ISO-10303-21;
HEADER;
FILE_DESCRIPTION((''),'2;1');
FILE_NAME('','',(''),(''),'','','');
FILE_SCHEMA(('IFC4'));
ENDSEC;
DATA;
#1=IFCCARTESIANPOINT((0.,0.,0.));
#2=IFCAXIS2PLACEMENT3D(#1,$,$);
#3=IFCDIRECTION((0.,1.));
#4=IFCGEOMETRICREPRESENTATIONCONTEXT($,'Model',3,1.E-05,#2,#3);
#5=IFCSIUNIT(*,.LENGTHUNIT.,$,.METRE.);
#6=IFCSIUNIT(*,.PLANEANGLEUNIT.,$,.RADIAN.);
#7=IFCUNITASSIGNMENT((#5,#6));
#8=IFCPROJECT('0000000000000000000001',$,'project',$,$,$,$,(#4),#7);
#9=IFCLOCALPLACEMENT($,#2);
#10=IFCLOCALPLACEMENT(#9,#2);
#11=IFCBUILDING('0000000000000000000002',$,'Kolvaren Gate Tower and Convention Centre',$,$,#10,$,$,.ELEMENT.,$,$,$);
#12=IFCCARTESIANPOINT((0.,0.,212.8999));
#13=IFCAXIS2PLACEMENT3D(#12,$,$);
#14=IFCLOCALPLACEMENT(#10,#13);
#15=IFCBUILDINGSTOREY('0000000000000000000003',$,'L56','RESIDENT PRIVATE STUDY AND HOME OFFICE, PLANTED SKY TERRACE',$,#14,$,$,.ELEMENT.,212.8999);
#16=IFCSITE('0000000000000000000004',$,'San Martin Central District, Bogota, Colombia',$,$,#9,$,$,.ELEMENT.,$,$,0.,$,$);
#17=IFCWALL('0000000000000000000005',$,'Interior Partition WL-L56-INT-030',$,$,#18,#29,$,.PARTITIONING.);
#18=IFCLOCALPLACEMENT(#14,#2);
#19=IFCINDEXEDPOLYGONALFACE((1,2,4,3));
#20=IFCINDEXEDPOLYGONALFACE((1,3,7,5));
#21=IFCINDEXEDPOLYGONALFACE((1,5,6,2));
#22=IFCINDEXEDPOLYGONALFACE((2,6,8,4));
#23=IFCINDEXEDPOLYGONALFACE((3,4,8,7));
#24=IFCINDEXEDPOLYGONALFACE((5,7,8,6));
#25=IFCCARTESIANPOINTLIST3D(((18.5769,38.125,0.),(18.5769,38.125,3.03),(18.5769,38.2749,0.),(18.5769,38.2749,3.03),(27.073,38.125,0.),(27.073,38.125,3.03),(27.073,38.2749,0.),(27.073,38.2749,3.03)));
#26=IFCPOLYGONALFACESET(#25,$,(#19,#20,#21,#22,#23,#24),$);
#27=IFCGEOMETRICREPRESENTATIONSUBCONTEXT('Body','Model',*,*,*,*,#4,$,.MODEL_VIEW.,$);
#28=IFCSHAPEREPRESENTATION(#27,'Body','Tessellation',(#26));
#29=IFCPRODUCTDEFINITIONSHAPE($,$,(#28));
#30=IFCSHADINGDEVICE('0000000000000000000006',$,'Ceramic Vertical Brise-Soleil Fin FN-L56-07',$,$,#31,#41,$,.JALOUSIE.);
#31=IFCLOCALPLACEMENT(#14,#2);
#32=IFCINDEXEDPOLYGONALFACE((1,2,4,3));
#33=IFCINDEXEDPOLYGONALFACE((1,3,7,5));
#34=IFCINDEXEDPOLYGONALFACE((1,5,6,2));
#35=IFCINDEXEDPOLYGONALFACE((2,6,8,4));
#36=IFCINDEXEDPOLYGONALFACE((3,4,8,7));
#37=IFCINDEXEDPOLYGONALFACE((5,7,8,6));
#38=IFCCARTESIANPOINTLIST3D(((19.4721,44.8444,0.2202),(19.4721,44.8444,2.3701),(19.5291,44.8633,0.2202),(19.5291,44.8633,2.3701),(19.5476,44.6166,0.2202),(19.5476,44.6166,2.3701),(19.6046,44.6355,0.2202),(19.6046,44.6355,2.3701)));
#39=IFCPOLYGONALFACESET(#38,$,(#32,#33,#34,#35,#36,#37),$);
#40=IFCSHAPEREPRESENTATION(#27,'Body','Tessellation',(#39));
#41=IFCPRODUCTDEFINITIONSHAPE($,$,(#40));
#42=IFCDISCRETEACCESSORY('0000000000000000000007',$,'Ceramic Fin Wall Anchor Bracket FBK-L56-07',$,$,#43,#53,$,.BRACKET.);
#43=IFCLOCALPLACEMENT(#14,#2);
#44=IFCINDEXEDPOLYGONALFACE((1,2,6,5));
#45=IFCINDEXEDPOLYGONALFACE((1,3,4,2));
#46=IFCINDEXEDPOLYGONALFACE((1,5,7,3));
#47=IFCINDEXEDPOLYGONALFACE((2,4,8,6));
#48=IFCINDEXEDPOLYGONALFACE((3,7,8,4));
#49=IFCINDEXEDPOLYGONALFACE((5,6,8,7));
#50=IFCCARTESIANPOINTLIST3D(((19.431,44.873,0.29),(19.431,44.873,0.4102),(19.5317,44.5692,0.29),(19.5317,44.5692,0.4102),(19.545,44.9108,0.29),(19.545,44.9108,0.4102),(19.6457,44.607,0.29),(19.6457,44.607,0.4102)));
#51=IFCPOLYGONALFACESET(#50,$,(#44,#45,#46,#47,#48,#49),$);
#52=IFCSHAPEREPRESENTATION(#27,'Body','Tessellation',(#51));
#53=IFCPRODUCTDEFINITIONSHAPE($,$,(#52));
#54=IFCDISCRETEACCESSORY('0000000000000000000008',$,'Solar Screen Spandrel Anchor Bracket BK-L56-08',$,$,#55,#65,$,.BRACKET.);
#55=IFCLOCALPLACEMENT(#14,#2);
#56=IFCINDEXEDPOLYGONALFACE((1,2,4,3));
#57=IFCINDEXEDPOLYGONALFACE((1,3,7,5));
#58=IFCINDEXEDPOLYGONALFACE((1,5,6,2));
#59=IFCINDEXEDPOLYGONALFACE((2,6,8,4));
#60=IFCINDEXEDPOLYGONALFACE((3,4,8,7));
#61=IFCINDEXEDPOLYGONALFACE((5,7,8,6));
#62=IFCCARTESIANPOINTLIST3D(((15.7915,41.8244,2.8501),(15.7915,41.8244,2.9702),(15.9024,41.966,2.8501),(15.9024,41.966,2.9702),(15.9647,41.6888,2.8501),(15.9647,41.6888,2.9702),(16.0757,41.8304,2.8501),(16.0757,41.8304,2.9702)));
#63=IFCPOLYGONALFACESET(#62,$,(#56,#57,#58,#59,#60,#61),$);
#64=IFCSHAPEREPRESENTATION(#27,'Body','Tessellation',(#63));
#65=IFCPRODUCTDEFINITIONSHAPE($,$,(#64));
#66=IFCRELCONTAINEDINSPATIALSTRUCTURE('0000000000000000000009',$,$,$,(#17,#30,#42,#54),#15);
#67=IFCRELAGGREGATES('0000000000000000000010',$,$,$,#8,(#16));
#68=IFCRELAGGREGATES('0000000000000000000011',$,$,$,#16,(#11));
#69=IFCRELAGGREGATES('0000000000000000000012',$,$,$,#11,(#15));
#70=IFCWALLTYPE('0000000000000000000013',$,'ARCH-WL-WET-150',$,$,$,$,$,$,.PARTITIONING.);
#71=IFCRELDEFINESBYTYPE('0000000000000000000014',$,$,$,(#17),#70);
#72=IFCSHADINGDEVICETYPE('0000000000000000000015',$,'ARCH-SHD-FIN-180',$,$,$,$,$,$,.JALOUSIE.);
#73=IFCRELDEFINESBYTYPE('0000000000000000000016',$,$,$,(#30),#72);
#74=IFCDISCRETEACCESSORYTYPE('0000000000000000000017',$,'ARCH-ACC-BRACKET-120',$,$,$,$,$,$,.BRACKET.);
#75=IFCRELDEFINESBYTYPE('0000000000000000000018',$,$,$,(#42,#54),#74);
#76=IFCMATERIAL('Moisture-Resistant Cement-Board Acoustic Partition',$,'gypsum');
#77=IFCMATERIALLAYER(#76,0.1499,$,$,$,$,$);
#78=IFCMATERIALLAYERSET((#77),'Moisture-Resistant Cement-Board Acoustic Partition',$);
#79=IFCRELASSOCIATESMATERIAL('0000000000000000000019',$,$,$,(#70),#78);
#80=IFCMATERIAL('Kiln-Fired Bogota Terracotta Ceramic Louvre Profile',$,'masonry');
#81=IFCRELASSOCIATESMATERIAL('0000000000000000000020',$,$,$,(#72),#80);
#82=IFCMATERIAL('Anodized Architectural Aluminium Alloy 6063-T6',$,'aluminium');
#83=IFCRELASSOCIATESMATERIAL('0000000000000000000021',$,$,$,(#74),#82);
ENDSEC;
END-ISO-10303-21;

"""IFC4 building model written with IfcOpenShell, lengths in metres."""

from ifc_helpers import new_model, si_unit, direction, frame, frame_2d, origin, origin_2d, place, context, subcontext, project, spatial, rectangle, extrude, material, layer, layer_set, type_object, element, save


model = new_model("IFC4")

# Units and contexts
model_context = context("Model", 3, precision=1e-05, world=origin(), true_north=direction((0.0, 1.0)))
body_context = subcontext(model_context, "Body", "Model", "MODEL_VIEW")
ifc_project = project(units=[si_unit("LENGTHUNIT", "METRE"), si_unit("PLANEANGLEUNIT", "RADIAN")], contexts=[model_context])

# Site, building, storey
site_placement = place(None, origin())
site = spatial("IfcSite", under=ifc_project, at=site_placement, Name="San Martin Central District, Bogota, Colombia", CompositionType="ELEMENT", RefElevation=0.0)
building_placement = place(site_placement, origin())
building = spatial("IfcBuilding", under=site, at=building_placement, Name="Kolvaren Gate Tower and Convention Centre", CompositionType="ELEMENT")
storey_placement = place(building_placement, frame((0.0, 0.0, 212.8999)))
storey = spatial("IfcBuildingStorey", under=building, at=storey_placement, Name="L56", Description="RESIDENT PRIVATE STUDY AND HOME OFFICE, PLANTED SKY TERRACE", CompositionType="ELEMENT", Elevation=212.8999)

# Shared definitions
ifc_material_1 = material(Name="Anodized Architectural Aluminium Alloy 6063-T6", Category="aluminium")

# Wall
ifc_material_2 = material(Name="Moisture-Resistant Cement-Board Acoustic Partition", Category="gypsum")
ifc_layer_1 = layer(ifc_material_2, 0.1499)
ifc_layer_set_1 = layer_set([ifc_layer_1], Name="Moisture-Resistant Cement-Board Acoustic Partition")
wall_type_1 = type_object("IfcWallType", Name="ARCH-WL-WET-150", PredefinedType="PARTITIONING", material=ifc_layer_set_1)
wall_1_placement = place(storey_placement, frame((18.5769, 38.2, 0.0), z_axis=(0.0, 0.0, 1.0), x_axis=(1.0, 0.0, 0.0)))
element("IfcWall", 1, at=wall_1_placement, inside=storey, type_object=wall_type_1, Name="Interior Partition WL-L56-INT-030", PredefinedType="PARTITIONING", context=body_context, shape_type="SweptSolid", body=[
    extrude(rectangle(XDim=8.4961, YDim=0.1499, at=frame_2d((4.248, 0.0))), origin(), (0.0, 0.0, 1.0), 3.03),
])

# Shading device
ifc_material_3 = material(Name="Kiln-Fired Bogota Terracotta Ceramic Louvre Profile", Category="masonry")
shading_device_type = type_object("IfcShadingDeviceType", Name="ARCH-SHD-FIN-180", PredefinedType="JALOUSIE", material=ifc_material_3)
shading_device_placement = place(storey_placement, frame((19.5383, 44.74, 0.2202), z_axis=(0.0, 0.0, 1.0), x_axis=(0.949242, 0.314548, 0.0)))
element("IfcShadingDevice", 2, at=shading_device_placement, inside=storey, type_object=shading_device_type, Name="Ceramic Vertical Brise-Soleil Fin FN-L56-07", PredefinedType="JALOUSIE", context=body_context, shape_type="SweptSolid", body=[
    extrude(rectangle(XDim=0.0601, YDim=0.24, at=origin_2d()), origin(), (0.0, 0.0, 1.0), 2.1499),
])

# Discrete accessories
discrete_accessory_type = type_object("IfcDiscreteAccessoryType", Name="ARCH-ACC-BRACKET-120", PredefinedType="BRACKET", material=ifc_material_1)
discrete_accessory_1_placement = place(storey_placement, frame((19.5383, 44.74, 0.29), z_axis=(0.0, 0.0, 1.0), x_axis=(0.949242, 0.314548, 0.0)))
element("IfcDiscreteAccessory", 3, at=discrete_accessory_1_placement, inside=storey, type_object=discrete_accessory_type, Name="Ceramic Fin Wall Anchor Bracket FBK-L56-07", PredefinedType="BRACKET", context=body_context, shape_type="SweptSolid", body=[
    extrude(rectangle(XDim=0.1201, YDim=0.3201, at=origin_2d()), origin(), (0.0, 0.0, 1.0), 0.1201),
])
discrete_accessory_2_placement = place(storey_placement, frame((15.9336, 41.8274, 2.8501), z_axis=(0.0, 0.0, 1.0), x_axis=(0.616434, 0.787406, 0.0)))
element("IfcDiscreteAccessory", 4, at=discrete_accessory_2_placement, inside=storey, type_object=discrete_accessory_type, Name="Solar Screen Spandrel Anchor Bracket BK-L56-08", PredefinedType="BRACKET", context=body_context, shape_type="SweptSolid", body=[
    extrude(rectangle(XDim=0.1799, YDim=0.22, at=origin_2d()), origin(), (0.0, 0.0, 1.0), 0.1201),
])

save(model, "model.ifc")
